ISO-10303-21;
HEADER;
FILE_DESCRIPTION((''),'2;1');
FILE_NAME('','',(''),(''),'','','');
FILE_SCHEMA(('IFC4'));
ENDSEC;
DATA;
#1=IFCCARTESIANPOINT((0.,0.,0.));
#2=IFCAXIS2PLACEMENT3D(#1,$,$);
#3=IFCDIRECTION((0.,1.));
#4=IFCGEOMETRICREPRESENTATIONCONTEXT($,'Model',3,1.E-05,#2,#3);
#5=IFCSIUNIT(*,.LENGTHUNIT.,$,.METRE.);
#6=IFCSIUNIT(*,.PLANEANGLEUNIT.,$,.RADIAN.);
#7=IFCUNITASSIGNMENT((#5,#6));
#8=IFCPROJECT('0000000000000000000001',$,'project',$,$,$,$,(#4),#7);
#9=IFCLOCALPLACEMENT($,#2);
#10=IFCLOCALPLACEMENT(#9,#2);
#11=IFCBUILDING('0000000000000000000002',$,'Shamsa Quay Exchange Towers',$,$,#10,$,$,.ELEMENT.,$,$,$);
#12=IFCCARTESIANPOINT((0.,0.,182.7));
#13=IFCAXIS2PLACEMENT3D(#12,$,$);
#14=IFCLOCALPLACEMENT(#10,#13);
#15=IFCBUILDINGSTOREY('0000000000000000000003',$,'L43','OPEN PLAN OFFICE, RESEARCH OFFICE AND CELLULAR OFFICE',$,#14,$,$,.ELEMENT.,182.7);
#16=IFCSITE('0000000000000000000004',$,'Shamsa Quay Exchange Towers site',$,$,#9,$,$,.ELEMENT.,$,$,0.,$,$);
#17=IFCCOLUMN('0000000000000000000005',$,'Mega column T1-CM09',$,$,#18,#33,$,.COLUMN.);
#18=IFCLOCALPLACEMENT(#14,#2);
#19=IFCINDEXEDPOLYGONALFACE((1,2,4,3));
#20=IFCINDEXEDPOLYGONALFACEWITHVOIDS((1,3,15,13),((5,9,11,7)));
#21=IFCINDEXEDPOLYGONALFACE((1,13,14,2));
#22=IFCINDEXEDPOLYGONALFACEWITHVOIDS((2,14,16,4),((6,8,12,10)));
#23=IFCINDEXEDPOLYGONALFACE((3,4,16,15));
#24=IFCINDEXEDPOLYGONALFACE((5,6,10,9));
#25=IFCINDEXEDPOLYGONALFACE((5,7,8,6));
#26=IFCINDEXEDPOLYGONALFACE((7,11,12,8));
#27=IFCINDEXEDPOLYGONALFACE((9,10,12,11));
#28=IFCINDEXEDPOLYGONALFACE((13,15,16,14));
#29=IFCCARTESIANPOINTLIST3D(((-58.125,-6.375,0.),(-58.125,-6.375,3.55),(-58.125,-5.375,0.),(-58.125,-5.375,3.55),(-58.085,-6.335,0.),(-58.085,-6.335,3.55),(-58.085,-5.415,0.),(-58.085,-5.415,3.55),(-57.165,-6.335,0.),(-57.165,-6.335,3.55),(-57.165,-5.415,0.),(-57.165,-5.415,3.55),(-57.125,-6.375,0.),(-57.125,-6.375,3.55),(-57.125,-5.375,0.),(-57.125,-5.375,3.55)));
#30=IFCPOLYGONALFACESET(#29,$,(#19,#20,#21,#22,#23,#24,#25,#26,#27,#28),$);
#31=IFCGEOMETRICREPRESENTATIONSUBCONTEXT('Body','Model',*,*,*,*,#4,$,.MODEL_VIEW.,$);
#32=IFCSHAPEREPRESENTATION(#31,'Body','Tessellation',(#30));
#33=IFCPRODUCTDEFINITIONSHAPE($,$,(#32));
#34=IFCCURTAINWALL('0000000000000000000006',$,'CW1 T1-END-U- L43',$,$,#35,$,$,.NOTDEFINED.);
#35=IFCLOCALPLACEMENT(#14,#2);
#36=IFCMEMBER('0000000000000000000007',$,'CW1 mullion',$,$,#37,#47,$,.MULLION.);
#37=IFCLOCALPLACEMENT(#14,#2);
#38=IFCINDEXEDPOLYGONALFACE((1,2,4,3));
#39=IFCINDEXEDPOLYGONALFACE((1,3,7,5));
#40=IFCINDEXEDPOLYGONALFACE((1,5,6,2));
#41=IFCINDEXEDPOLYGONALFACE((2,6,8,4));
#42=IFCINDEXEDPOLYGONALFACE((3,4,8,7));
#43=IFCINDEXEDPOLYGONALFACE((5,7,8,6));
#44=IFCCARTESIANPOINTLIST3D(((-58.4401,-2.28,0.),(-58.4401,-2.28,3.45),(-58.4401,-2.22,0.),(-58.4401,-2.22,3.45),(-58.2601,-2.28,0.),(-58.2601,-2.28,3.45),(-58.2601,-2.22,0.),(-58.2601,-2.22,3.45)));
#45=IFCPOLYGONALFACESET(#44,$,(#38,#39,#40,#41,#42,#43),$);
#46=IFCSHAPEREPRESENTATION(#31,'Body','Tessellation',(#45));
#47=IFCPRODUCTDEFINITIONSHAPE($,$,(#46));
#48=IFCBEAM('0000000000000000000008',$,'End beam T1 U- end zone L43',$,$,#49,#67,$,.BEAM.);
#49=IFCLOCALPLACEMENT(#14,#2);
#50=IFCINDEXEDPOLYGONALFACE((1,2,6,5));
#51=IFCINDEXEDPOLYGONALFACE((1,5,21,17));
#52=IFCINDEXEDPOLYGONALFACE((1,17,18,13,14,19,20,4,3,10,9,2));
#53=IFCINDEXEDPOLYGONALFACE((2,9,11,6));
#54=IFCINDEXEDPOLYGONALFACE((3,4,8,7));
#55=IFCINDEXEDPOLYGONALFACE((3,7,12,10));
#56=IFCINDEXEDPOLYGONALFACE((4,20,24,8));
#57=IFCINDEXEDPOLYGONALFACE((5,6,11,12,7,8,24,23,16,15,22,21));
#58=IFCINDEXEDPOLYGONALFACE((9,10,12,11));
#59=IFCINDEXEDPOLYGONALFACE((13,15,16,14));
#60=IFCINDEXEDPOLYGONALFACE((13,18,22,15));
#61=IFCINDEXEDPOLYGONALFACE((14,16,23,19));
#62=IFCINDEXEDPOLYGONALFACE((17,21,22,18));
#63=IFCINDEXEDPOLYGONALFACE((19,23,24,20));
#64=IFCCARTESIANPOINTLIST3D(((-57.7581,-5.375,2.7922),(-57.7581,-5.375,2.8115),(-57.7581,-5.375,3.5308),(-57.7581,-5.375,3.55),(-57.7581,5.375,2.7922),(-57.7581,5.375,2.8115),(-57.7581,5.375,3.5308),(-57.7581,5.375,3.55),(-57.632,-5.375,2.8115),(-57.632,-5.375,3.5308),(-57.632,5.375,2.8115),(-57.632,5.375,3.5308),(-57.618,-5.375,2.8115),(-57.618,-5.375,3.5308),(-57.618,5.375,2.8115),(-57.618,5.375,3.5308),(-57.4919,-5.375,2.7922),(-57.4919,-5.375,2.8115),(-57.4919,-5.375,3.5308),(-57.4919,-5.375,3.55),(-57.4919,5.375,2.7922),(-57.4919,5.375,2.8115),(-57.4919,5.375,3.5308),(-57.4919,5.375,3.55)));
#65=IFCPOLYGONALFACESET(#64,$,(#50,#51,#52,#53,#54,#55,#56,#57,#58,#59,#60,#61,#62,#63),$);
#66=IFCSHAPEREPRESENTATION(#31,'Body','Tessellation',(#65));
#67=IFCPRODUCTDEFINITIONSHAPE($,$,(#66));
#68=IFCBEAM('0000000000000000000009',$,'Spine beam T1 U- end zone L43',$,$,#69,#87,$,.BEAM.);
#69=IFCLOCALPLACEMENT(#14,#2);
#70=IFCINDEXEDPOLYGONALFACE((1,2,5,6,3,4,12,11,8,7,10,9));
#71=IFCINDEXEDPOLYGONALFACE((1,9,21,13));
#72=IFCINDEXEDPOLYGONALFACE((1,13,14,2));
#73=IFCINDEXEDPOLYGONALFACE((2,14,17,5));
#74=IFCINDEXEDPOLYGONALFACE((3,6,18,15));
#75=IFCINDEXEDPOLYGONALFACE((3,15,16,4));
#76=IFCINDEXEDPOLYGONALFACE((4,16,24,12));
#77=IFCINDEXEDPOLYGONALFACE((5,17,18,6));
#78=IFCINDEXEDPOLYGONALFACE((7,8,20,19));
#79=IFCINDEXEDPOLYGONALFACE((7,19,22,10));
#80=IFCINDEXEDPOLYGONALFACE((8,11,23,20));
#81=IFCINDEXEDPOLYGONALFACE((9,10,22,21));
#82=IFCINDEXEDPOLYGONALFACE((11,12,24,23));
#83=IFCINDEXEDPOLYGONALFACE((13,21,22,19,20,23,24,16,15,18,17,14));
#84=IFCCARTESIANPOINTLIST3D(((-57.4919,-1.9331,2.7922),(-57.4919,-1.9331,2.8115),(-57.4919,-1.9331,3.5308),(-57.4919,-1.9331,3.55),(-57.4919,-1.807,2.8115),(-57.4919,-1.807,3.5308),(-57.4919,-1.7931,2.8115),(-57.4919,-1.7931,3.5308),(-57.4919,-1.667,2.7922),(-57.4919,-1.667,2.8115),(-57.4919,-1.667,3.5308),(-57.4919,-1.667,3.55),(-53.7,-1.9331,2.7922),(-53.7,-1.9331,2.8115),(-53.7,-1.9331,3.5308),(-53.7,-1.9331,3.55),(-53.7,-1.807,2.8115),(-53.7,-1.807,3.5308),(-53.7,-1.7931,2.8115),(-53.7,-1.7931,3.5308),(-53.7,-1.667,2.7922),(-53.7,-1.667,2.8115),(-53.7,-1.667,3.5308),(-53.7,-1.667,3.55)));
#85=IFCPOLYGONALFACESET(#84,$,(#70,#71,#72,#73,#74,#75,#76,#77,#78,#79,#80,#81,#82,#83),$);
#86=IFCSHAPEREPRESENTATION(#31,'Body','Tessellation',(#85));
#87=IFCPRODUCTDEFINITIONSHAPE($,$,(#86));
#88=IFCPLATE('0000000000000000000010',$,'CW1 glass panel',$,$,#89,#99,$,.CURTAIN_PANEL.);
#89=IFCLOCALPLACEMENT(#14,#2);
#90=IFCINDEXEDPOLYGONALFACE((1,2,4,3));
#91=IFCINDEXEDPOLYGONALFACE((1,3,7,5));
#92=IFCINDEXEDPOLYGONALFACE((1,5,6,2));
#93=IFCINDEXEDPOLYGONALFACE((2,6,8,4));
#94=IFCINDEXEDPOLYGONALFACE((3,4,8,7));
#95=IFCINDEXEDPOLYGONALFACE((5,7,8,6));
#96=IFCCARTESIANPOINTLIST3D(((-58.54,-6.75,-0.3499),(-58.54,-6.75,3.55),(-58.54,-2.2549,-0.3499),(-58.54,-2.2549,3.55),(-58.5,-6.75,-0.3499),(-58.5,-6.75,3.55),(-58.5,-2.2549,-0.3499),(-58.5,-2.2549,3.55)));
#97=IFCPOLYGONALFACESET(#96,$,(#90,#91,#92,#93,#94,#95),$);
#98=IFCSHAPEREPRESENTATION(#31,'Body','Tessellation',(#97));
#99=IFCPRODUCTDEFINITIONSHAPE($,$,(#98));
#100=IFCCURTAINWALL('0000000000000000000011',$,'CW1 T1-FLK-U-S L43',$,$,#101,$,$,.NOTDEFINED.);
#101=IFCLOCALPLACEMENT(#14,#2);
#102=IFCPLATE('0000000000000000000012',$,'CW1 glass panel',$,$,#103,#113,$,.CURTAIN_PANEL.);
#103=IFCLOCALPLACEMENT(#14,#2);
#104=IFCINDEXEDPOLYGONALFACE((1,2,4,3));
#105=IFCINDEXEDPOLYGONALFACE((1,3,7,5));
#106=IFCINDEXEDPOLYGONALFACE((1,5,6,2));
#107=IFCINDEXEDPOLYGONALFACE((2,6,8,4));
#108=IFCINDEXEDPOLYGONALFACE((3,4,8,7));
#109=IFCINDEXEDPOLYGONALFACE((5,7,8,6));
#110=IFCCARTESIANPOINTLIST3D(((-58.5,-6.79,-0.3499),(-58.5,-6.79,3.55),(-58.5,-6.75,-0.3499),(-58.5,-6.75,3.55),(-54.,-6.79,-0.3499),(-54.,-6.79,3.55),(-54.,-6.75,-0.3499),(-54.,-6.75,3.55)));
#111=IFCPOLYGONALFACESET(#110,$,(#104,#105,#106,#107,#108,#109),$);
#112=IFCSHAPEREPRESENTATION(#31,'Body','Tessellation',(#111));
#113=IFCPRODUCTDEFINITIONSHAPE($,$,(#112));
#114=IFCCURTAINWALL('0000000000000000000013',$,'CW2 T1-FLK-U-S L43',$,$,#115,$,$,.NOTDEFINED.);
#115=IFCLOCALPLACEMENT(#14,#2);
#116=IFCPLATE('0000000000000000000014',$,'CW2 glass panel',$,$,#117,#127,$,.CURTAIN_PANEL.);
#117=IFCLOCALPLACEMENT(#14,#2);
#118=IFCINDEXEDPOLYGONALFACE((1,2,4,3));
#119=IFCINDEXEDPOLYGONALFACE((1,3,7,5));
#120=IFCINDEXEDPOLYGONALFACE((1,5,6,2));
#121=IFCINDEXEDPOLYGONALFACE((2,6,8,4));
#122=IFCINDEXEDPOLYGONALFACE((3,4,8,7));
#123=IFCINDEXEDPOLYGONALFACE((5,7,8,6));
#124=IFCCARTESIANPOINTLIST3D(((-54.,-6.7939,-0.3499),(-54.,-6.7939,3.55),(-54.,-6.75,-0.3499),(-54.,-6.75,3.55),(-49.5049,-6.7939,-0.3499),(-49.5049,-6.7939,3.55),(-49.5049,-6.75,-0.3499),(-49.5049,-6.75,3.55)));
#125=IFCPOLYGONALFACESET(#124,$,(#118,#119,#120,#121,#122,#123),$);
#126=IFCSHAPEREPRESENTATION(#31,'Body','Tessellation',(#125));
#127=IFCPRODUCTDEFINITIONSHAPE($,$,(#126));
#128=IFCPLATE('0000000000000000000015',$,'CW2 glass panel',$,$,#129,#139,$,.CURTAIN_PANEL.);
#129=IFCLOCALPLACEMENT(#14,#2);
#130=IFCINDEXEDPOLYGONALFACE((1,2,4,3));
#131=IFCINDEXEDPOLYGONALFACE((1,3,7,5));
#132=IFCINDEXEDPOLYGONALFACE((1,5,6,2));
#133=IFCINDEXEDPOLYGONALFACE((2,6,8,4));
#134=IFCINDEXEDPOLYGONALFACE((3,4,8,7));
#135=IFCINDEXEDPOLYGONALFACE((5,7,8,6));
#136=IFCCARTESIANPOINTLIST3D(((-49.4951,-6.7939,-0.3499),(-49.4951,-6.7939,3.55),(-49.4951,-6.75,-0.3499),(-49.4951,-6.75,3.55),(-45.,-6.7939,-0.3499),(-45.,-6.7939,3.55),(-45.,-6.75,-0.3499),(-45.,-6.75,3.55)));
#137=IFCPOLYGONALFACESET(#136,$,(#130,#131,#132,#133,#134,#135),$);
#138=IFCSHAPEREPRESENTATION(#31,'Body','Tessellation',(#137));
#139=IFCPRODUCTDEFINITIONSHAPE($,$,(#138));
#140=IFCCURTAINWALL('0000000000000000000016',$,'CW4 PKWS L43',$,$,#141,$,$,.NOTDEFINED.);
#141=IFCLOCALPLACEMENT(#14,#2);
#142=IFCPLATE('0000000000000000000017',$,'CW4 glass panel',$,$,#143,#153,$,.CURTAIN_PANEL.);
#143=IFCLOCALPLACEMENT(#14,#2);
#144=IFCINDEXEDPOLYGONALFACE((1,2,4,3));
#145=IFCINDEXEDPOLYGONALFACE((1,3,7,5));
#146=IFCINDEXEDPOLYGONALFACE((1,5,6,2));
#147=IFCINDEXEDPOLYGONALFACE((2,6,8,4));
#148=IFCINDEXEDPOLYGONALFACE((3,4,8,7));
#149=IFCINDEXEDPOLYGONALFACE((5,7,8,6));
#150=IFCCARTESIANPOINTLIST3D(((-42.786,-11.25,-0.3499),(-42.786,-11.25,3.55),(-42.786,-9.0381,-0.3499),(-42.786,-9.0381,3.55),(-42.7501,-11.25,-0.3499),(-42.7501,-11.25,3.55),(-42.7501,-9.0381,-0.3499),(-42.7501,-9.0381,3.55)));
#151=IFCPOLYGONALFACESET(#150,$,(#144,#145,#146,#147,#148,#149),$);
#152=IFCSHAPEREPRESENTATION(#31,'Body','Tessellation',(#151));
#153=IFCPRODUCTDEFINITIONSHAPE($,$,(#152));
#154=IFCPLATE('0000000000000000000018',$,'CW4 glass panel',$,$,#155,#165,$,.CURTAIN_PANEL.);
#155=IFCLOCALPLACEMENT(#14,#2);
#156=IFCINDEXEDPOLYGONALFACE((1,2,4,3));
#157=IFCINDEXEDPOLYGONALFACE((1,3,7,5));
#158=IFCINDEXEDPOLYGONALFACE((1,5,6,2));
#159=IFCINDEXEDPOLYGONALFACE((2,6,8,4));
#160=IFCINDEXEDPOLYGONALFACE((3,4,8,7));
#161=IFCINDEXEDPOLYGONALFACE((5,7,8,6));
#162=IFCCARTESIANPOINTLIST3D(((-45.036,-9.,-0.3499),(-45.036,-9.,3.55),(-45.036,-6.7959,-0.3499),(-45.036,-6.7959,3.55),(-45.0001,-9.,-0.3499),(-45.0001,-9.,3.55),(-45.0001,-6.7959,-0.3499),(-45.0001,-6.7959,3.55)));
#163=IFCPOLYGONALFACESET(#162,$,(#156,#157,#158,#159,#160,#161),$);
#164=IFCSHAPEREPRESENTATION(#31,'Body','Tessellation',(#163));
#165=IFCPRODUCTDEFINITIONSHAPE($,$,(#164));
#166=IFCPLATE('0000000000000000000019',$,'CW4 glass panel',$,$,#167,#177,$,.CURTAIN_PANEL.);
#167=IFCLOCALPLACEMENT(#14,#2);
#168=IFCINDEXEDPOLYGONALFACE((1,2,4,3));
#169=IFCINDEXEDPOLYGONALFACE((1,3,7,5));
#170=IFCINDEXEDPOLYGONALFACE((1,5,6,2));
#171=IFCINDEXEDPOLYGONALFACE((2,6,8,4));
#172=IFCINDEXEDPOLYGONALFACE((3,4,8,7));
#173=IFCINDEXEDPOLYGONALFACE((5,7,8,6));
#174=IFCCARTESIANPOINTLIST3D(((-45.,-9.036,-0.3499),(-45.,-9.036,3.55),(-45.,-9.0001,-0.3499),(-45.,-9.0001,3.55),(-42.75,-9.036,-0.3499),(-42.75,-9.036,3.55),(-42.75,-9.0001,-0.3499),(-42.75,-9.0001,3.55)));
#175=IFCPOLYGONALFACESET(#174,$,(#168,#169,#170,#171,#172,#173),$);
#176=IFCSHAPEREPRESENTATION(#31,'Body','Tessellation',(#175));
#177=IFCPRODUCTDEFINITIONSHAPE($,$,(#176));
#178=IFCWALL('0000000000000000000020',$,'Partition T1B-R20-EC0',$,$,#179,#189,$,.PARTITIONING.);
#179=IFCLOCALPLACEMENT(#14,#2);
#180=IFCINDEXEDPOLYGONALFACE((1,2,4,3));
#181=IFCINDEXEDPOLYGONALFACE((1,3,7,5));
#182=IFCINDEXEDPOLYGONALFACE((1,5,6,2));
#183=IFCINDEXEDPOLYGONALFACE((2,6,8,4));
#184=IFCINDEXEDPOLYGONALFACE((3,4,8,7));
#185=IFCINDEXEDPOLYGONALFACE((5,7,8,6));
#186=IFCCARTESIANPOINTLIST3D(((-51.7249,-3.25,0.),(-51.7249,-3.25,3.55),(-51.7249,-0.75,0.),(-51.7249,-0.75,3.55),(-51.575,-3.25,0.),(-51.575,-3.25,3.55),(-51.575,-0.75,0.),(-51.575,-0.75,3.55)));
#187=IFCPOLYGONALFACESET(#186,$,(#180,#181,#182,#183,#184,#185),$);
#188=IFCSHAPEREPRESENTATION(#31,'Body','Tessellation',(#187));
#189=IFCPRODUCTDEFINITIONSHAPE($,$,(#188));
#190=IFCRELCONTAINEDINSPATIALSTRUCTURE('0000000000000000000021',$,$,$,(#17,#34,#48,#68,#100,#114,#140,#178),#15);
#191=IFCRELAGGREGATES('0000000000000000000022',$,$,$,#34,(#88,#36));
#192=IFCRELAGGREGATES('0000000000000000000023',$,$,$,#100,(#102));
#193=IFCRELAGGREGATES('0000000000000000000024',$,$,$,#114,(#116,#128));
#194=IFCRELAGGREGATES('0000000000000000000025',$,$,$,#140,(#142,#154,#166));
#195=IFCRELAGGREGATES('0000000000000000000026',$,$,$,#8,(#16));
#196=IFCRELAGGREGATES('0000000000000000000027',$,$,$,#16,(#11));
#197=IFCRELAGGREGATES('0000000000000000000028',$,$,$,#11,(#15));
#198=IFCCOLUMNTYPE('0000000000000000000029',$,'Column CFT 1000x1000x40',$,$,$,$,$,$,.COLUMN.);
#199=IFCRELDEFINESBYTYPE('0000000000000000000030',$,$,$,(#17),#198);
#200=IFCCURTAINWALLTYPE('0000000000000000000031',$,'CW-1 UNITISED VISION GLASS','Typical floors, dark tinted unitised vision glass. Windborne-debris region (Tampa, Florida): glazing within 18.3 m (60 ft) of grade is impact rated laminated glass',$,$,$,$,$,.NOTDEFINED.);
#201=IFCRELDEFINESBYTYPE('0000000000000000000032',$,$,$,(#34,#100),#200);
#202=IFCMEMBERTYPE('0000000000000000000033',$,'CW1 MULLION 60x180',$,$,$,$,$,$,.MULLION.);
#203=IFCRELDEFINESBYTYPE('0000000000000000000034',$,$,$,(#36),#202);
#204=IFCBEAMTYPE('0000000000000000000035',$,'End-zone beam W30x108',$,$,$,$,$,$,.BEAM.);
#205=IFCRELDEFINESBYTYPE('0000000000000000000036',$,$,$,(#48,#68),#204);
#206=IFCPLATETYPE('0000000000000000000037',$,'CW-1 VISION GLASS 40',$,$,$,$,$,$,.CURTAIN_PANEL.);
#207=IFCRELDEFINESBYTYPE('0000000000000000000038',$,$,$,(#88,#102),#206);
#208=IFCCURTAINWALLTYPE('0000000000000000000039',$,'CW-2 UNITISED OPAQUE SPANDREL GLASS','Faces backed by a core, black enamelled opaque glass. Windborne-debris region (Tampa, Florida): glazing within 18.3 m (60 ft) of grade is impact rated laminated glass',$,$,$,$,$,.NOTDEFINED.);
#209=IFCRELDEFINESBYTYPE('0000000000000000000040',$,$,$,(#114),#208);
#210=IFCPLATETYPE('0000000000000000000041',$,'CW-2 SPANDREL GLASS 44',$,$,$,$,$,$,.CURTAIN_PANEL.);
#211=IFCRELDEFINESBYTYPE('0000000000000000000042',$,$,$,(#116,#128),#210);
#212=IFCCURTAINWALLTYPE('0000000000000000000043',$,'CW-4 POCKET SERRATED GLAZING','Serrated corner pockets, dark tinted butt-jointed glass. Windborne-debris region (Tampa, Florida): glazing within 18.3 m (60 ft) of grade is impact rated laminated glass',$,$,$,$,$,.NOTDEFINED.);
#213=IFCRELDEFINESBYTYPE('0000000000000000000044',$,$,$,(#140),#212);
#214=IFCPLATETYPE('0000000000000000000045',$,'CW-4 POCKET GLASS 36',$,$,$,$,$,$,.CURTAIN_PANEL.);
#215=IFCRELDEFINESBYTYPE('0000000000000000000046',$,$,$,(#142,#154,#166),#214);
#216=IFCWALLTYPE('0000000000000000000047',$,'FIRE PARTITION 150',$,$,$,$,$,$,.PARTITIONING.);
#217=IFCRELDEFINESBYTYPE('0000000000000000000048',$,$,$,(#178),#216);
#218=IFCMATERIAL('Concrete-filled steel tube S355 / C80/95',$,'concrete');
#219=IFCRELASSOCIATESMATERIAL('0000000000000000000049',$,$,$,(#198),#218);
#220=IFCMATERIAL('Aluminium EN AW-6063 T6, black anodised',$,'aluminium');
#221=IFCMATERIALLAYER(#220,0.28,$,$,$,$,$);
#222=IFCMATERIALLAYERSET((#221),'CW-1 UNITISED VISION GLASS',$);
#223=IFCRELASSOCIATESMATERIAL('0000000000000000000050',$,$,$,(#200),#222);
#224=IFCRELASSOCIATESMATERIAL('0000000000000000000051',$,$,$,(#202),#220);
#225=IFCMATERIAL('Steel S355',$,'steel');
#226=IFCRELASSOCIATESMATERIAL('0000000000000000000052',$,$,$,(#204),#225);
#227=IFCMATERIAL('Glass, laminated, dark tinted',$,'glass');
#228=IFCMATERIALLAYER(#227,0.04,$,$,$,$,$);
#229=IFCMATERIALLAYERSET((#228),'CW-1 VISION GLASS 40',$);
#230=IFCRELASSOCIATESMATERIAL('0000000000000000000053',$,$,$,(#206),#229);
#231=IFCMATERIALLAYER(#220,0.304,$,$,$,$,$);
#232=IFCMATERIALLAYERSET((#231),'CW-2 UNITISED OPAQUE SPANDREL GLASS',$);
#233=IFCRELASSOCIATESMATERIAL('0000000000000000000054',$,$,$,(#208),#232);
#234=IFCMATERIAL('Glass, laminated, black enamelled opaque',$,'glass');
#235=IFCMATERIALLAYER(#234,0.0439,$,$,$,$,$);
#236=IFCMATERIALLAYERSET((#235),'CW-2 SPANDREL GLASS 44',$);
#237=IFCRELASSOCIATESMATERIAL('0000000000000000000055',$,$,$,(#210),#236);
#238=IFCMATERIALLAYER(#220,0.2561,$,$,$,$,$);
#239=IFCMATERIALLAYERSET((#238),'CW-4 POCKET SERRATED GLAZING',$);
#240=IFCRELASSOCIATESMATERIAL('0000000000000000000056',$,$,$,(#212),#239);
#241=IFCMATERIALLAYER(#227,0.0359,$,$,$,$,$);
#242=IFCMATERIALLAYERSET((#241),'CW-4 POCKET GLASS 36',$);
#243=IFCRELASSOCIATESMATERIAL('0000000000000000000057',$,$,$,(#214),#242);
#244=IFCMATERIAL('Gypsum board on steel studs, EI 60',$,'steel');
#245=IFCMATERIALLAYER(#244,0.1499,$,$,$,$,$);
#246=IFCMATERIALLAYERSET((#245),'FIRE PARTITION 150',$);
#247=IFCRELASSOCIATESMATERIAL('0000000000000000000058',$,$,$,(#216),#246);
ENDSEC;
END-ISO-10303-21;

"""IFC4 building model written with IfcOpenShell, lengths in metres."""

from ifc_helpers import new_model, si_unit, direction, frame, frame_2d, origin, origin_2d, place, context, subcontext, project, spatial, rectangle, hollow_rectangle, i_section, extrude, material, layer, layer_set, material_profile, profile_set, type_object, element, aggregate, save


model = new_model("IFC4")

# Units and contexts
model_context = context("Model", 3, precision=1e-05, world=origin(), true_north=direction((0.0, 1.0)))
body_context = subcontext(model_context, "Body", "Model", "MODEL_VIEW")
ifc_project = project(units=[si_unit("LENGTHUNIT", "METRE"), si_unit("PLANEANGLEUNIT", "RADIAN")], contexts=[model_context])

# Site, building, storey
site_placement = place(None, origin())
site = spatial("IfcSite", under=ifc_project, at=site_placement, Name="Shamsa Quay Exchange Towers site", CompositionType="ELEMENT", RefElevation=0.0)
building_placement = place(site_placement, origin())
building = spatial("IfcBuilding", under=site, at=building_placement, Name="Shamsa Quay Exchange Towers", CompositionType="ELEMENT")
storey_placement = place(building_placement, frame((0.0, 0.0, 182.7)))
storey = spatial("IfcBuildingStorey", under=building, at=storey_placement, Name="L43", Description="OPEN PLAN OFFICE, RESEARCH OFFICE AND CELLULAR OFFICE", CompositionType="ELEMENT", Elevation=182.7)

# Column
ifc_material_1 = material(Name="Concrete-filled steel tube S355 / C80/95", Category="concrete")
ifc_material_profile_1 = material_profile(ifc_material_1, hollow_rectangle(XDim=1.0, YDim=1.0, WallThickness=0.04, at=origin_2d()), Name="CFT 1000x1000x40")
ifc_profile_set_1 = profile_set([ifc_material_profile_1], Name="Concrete-filled steel tube S355 / C80/95")
column_type = type_object("IfcColumnType", Name="Column CFT 1000x1000x40", PredefinedType="COLUMN", material=ifc_profile_set_1)
column_placement = place(storey_placement, frame((-57.625, -5.875, 0.0)))
element("IfcColumn", 1, at=column_placement, inside=storey, type_object=column_type, Name="Mega column T1-CM09", PredefinedType="COLUMN", context=body_context, shape_type="SweptSolid", body=[
    extrude(hollow_rectangle(XDim=1.0, YDim=1.0, WallThickness=0.04, at=origin_2d()), origin(), (0.0, 0.0, 1.0), 3.55),
])

# Curtain wall, member
ifc_material_2 = material(Name="Aluminium EN AW-6063 T6, black anodised", Category="aluminium")
ifc_layer_1 = layer(ifc_material_2, 0.28)
ifc_layer_set_1 = layer_set([ifc_layer_1], Name="CW-1 UNITISED VISION GLASS")
curtain_wall_type_1 = type_object("IfcCurtainWallType", Name="CW-1 UNITISED VISION GLASS", Description="Typical floors, dark tinted unitised vision glass. Windborne-debris region (Tampa, Florida): glazing within 18.3 m (60 ft) of grade is impact rated laminated glass", PredefinedType="NOTDEFINED", material=ifc_layer_set_1)
curtain_wall_1_placement = place(storey_placement, origin())
curtain_wall_1 = element("IfcCurtainWall", 2, at=curtain_wall_1_placement, inside=storey, type_object=curtain_wall_type_1, Name="CW1 T1-END-U- L43", PredefinedType="NOTDEFINED")
ifc_material_profile_2 = material_profile(ifc_material_2, rectangle(XDim=0.1799, YDim=0.0601, at=origin_2d()), Name="MU60x180")
ifc_profile_set_2 = profile_set([ifc_material_profile_2], Name="Aluminium EN AW-6063 T6, black anodised")
member_type = type_object("IfcMemberType", Name="CW1 MULLION 60x180", PredefinedType="MULLION", material=ifc_profile_set_2)
member_placement = place(storey_placement, frame((-58.3501, -2.25, 0.0)))
member = element("IfcMember", 3, at=member_placement, type_object=member_type, Name="CW1 mullion", PredefinedType="MULLION", context=body_context, shape_type="SweptSolid", body=[
    extrude(rectangle(XDim=0.1799, YDim=0.0601, at=origin_2d()), origin(), (0.0, 0.0, 1.0), 3.45),
])

# Beams
ifc_material_3 = material(Name="Steel S355", Category="steel")
ifc_material_profile_3 = material_profile(ifc_material_3, i_section(OverallWidth=0.2661, OverallDepth=0.7578, WebThickness=0.0139, FlangeThickness=0.0193, at=origin_2d()), Name="W30x108")
ifc_profile_set_3 = profile_set([ifc_material_profile_3], Name="Steel S355")
beam_type = type_object("IfcBeamType", Name="End-zone beam W30x108", PredefinedType="BEAM", material=ifc_profile_set_3)
beam_1_placement = place(storey_placement, frame((-57.625, -5.375, 3.1711), z_axis=(0.0, 1.0, 0.0), x_axis=(-1.0, 0.0, 0.0)))
element("IfcBeam", 4, at=beam_1_placement, inside=storey, type_object=beam_type, Name="End beam T1 U- end zone L43", PredefinedType="BEAM", context=body_context, shape_type="SweptSolid", body=[
    extrude(i_section(OverallWidth=0.2661, OverallDepth=0.7578, WebThickness=0.0139, FlangeThickness=0.0193, at=origin_2d()), origin(), (0.0, 0.0, 1.0), 10.75),
])
beam_2_placement = place(storey_placement, frame((-53.7, -1.8, 3.1711), z_axis=(-1.0, 0.0, 0.0), x_axis=(0.0, -1.0, 0.0)))
element("IfcBeam", 5, at=beam_2_placement, inside=storey, type_object=beam_type, Name="Spine beam T1 U- end zone L43", PredefinedType="BEAM", context=body_context, shape_type="SweptSolid", body=[
    extrude(i_section(OverallWidth=0.2661, OverallDepth=0.7578, WebThickness=0.0139, FlangeThickness=0.0193, at=origin_2d()), origin(), (0.0, 0.0, 1.0), 3.792),
])

# Plate
ifc_material_4 = material(Name="Glass, laminated, dark tinted", Category="glass")
ifc_layer_2 = layer(ifc_material_4, 0.04)
ifc_layer_set_2 = layer_set([ifc_layer_2], Name="CW-1 VISION GLASS 40")
plate_type_1 = type_object("IfcPlateType", Name="CW-1 VISION GLASS 40", PredefinedType="CURTAIN_PANEL", material=ifc_layer_set_2)
plate_1_placement = place(storey_placement, frame((-58.52, -4.5024, -0.3499), z_axis=(0.0, 0.0, 1.0), x_axis=(0.0, -1.0, 0.0)))
plate_1 = element("IfcPlate", 6, at=plate_1_placement, type_object=plate_type_1, Name="CW1 glass panel", PredefinedType="CURTAIN_PANEL", context=body_context, shape_type="SweptSolid", body=[
    extrude(rectangle(XDim=4.4951, YDim=0.04, at=origin_2d()), origin(), (0.0, 0.0, 1.0), 3.8999),
])
aggregate(curtain_wall_1, [plate_1, member])

# Curtain wall, plate
curtain_wall_2_placement = place(storey_placement, origin())
curtain_wall_2 = element("IfcCurtainWall", 7, at=curtain_wall_2_placement, inside=storey, type_object=curtain_wall_type_1, Name="CW1 T1-FLK-U-S L43", PredefinedType="NOTDEFINED")
plate_2_placement = place(storey_placement, frame((-56.25, -6.77, -0.3499)))
plate_2 = element("IfcPlate", 8, at=plate_2_placement, type_object=plate_type_1, Name="CW1 glass panel", PredefinedType="CURTAIN_PANEL", context=body_context, shape_type="SweptSolid", body=[
    extrude(rectangle(XDim=4.5, YDim=0.04, at=origin_2d()), origin(), (0.0, 0.0, 1.0), 3.8999),
])
aggregate(curtain_wall_2, [plate_2])

# Curtain walls, plates
ifc_layer_3 = layer(ifc_material_2, 0.304)
ifc_layer_set_3 = layer_set([ifc_layer_3], Name="CW-2 UNITISED OPAQUE SPANDREL GLASS")
curtain_wall_type_2 = type_object("IfcCurtainWallType", Name="CW-2 UNITISED OPAQUE SPANDREL GLASS", Description="Faces backed by a core, black enamelled opaque glass. Windborne-debris region (Tampa, Florida): glazing within 18.3 m (60 ft) of grade is impact rated laminated glass", PredefinedType="NOTDEFINED", material=ifc_layer_set_3)
curtain_wall_3_placement = place(storey_placement, origin())
curtain_wall_3 = element("IfcCurtainWall", 9, at=curtain_wall_3_placement, inside=storey, type_object=curtain_wall_type_2, Name="CW2 T1-FLK-U-S L43", PredefinedType="NOTDEFINED")
ifc_material_5 = material(Name="Glass, laminated, black enamelled opaque", Category="glass")
ifc_layer_4 = layer(ifc_material_5, 0.0439)
ifc_layer_set_4 = layer_set([ifc_layer_4], Name="CW-2 SPANDREL GLASS 44")
plate_type_2 = type_object("IfcPlateType", Name="CW-2 SPANDREL GLASS 44", PredefinedType="CURTAIN_PANEL", material=ifc_layer_set_4)
plate_3_placement = place(storey_placement, frame((-51.7524, -6.772, -0.3499)))
plate_3 = element("IfcPlate", 10, at=plate_3_placement, type_object=plate_type_2, Name="CW2 glass panel", PredefinedType="CURTAIN_PANEL", context=body_context, shape_type="SweptSolid", body=[
    extrude(rectangle(XDim=4.4951, YDim=0.0439, at=origin_2d()), origin(), (0.0, 0.0, 1.0), 3.8999),
])
plate_4_placement = place(storey_placement, frame((-47.2476, -6.772, -0.3499)))
plate_4 = element("IfcPlate", 11, at=plate_4_placement, type_object=plate_type_2, Name="CW2 glass panel", PredefinedType="CURTAIN_PANEL", context=body_context, shape_type="SweptSolid", body=[
    extrude(rectangle(XDim=4.4951, YDim=0.0439, at=origin_2d()), origin(), (0.0, 0.0, 1.0), 3.8999),
])
aggregate(curtain_wall_3, [plate_3, plate_4])
ifc_layer_5 = layer(ifc_material_2, 0.2561)
ifc_layer_set_5 = layer_set([ifc_layer_5], Name="CW-4 POCKET SERRATED GLAZING")
curtain_wall_type_3 = type_object("IfcCurtainWallType", Name="CW-4 POCKET SERRATED GLAZING", Description="Serrated corner pockets, dark tinted butt-jointed glass. Windborne-debris region (Tampa, Florida): glazing within 18.3 m (60 ft) of grade is impact rated laminated glass", PredefinedType="NOTDEFINED", material=ifc_layer_set_5)
curtain_wall_4_placement = place(storey_placement, origin())
curtain_wall_4 = element("IfcCurtainWall", 12, at=curtain_wall_4_placement, inside=storey, type_object=curtain_wall_type_3, Name="CW4 PKWS L43", PredefinedType="NOTDEFINED")
ifc_layer_6 = layer(ifc_material_4, 0.0359)
ifc_layer_set_6 = layer_set([ifc_layer_6], Name="CW-4 POCKET GLASS 36")
plate_type_3 = type_object("IfcPlateType", Name="CW-4 POCKET GLASS 36", PredefinedType="CURTAIN_PANEL", material=ifc_layer_set_6)
plate_5_placement = place(storey_placement, frame((-42.7681, -10.144, -0.3499), z_axis=(0.0, 0.0, 1.0), x_axis=(0.0, -1.0, 0.0)))
plate_5 = element("IfcPlate", 13, at=plate_5_placement, type_object=plate_type_3, Name="CW4 glass panel", PredefinedType="CURTAIN_PANEL", context=body_context, shape_type="SweptSolid", body=[
    extrude(rectangle(XDim=2.2119, YDim=0.0359, at=origin_2d()), origin(), (0.0, 0.0, 1.0), 3.8999),
])
plate_6_placement = place(storey_placement, frame((-45.0181, -7.8979, -0.3499), z_axis=(0.0, 0.0, 1.0), x_axis=(0.0, -1.0, 0.0)))
plate_6 = element("IfcPlate", 14, at=plate_6_placement, type_object=plate_type_3, Name="CW4 glass panel", PredefinedType="CURTAIN_PANEL", context=body_context, shape_type="SweptSolid", body=[
    extrude(rectangle(XDim=2.2041, YDim=0.0359, at=origin_2d()), origin(), (0.0, 0.0, 1.0), 3.8999),
])
plate_7_placement = place(storey_placement, frame((-43.875, -9.0181, -0.3499)))
plate_7 = element("IfcPlate", 15, at=plate_7_placement, type_object=plate_type_3, Name="CW4 glass panel", PredefinedType="CURTAIN_PANEL", context=body_context, shape_type="SweptSolid", body=[
    extrude(rectangle(XDim=2.25, YDim=0.0359, at=origin_2d()), origin(), (0.0, 0.0, 1.0), 3.8999),
])
aggregate(curtain_wall_4, [plate_5, plate_6, plate_7])

# Wall
ifc_material_6 = material(Name="Gypsum board on steel studs, EI 60", Category="steel")
ifc_layer_7 = layer(ifc_material_6, 0.1499)
ifc_layer_set_7 = layer_set([ifc_layer_7], Name="FIRE PARTITION 150")
wall_type_1 = type_object("IfcWallType", Name="FIRE PARTITION 150", PredefinedType="PARTITIONING", material=ifc_layer_set_7)
wall_1_placement = place(storey_placement, frame((-51.6499, -3.25, 0.0), z_axis=(0.0, 0.0, 1.0), x_axis=(0.0, 1.0, 0.0)))
element("IfcWall", 16, at=wall_1_placement, inside=storey, type_object=wall_type_1, Name="Partition T1B-R20-EC0", PredefinedType="PARTITIONING", context=body_context, shape_type="SweptSolid", body=[
    extrude(rectangle(XDim=2.5, YDim=0.1499, at=frame_2d((1.25, 0.0))), origin(), (0.0, 0.0, 1.0), 3.55),
])

save(model, "model.ifc")
